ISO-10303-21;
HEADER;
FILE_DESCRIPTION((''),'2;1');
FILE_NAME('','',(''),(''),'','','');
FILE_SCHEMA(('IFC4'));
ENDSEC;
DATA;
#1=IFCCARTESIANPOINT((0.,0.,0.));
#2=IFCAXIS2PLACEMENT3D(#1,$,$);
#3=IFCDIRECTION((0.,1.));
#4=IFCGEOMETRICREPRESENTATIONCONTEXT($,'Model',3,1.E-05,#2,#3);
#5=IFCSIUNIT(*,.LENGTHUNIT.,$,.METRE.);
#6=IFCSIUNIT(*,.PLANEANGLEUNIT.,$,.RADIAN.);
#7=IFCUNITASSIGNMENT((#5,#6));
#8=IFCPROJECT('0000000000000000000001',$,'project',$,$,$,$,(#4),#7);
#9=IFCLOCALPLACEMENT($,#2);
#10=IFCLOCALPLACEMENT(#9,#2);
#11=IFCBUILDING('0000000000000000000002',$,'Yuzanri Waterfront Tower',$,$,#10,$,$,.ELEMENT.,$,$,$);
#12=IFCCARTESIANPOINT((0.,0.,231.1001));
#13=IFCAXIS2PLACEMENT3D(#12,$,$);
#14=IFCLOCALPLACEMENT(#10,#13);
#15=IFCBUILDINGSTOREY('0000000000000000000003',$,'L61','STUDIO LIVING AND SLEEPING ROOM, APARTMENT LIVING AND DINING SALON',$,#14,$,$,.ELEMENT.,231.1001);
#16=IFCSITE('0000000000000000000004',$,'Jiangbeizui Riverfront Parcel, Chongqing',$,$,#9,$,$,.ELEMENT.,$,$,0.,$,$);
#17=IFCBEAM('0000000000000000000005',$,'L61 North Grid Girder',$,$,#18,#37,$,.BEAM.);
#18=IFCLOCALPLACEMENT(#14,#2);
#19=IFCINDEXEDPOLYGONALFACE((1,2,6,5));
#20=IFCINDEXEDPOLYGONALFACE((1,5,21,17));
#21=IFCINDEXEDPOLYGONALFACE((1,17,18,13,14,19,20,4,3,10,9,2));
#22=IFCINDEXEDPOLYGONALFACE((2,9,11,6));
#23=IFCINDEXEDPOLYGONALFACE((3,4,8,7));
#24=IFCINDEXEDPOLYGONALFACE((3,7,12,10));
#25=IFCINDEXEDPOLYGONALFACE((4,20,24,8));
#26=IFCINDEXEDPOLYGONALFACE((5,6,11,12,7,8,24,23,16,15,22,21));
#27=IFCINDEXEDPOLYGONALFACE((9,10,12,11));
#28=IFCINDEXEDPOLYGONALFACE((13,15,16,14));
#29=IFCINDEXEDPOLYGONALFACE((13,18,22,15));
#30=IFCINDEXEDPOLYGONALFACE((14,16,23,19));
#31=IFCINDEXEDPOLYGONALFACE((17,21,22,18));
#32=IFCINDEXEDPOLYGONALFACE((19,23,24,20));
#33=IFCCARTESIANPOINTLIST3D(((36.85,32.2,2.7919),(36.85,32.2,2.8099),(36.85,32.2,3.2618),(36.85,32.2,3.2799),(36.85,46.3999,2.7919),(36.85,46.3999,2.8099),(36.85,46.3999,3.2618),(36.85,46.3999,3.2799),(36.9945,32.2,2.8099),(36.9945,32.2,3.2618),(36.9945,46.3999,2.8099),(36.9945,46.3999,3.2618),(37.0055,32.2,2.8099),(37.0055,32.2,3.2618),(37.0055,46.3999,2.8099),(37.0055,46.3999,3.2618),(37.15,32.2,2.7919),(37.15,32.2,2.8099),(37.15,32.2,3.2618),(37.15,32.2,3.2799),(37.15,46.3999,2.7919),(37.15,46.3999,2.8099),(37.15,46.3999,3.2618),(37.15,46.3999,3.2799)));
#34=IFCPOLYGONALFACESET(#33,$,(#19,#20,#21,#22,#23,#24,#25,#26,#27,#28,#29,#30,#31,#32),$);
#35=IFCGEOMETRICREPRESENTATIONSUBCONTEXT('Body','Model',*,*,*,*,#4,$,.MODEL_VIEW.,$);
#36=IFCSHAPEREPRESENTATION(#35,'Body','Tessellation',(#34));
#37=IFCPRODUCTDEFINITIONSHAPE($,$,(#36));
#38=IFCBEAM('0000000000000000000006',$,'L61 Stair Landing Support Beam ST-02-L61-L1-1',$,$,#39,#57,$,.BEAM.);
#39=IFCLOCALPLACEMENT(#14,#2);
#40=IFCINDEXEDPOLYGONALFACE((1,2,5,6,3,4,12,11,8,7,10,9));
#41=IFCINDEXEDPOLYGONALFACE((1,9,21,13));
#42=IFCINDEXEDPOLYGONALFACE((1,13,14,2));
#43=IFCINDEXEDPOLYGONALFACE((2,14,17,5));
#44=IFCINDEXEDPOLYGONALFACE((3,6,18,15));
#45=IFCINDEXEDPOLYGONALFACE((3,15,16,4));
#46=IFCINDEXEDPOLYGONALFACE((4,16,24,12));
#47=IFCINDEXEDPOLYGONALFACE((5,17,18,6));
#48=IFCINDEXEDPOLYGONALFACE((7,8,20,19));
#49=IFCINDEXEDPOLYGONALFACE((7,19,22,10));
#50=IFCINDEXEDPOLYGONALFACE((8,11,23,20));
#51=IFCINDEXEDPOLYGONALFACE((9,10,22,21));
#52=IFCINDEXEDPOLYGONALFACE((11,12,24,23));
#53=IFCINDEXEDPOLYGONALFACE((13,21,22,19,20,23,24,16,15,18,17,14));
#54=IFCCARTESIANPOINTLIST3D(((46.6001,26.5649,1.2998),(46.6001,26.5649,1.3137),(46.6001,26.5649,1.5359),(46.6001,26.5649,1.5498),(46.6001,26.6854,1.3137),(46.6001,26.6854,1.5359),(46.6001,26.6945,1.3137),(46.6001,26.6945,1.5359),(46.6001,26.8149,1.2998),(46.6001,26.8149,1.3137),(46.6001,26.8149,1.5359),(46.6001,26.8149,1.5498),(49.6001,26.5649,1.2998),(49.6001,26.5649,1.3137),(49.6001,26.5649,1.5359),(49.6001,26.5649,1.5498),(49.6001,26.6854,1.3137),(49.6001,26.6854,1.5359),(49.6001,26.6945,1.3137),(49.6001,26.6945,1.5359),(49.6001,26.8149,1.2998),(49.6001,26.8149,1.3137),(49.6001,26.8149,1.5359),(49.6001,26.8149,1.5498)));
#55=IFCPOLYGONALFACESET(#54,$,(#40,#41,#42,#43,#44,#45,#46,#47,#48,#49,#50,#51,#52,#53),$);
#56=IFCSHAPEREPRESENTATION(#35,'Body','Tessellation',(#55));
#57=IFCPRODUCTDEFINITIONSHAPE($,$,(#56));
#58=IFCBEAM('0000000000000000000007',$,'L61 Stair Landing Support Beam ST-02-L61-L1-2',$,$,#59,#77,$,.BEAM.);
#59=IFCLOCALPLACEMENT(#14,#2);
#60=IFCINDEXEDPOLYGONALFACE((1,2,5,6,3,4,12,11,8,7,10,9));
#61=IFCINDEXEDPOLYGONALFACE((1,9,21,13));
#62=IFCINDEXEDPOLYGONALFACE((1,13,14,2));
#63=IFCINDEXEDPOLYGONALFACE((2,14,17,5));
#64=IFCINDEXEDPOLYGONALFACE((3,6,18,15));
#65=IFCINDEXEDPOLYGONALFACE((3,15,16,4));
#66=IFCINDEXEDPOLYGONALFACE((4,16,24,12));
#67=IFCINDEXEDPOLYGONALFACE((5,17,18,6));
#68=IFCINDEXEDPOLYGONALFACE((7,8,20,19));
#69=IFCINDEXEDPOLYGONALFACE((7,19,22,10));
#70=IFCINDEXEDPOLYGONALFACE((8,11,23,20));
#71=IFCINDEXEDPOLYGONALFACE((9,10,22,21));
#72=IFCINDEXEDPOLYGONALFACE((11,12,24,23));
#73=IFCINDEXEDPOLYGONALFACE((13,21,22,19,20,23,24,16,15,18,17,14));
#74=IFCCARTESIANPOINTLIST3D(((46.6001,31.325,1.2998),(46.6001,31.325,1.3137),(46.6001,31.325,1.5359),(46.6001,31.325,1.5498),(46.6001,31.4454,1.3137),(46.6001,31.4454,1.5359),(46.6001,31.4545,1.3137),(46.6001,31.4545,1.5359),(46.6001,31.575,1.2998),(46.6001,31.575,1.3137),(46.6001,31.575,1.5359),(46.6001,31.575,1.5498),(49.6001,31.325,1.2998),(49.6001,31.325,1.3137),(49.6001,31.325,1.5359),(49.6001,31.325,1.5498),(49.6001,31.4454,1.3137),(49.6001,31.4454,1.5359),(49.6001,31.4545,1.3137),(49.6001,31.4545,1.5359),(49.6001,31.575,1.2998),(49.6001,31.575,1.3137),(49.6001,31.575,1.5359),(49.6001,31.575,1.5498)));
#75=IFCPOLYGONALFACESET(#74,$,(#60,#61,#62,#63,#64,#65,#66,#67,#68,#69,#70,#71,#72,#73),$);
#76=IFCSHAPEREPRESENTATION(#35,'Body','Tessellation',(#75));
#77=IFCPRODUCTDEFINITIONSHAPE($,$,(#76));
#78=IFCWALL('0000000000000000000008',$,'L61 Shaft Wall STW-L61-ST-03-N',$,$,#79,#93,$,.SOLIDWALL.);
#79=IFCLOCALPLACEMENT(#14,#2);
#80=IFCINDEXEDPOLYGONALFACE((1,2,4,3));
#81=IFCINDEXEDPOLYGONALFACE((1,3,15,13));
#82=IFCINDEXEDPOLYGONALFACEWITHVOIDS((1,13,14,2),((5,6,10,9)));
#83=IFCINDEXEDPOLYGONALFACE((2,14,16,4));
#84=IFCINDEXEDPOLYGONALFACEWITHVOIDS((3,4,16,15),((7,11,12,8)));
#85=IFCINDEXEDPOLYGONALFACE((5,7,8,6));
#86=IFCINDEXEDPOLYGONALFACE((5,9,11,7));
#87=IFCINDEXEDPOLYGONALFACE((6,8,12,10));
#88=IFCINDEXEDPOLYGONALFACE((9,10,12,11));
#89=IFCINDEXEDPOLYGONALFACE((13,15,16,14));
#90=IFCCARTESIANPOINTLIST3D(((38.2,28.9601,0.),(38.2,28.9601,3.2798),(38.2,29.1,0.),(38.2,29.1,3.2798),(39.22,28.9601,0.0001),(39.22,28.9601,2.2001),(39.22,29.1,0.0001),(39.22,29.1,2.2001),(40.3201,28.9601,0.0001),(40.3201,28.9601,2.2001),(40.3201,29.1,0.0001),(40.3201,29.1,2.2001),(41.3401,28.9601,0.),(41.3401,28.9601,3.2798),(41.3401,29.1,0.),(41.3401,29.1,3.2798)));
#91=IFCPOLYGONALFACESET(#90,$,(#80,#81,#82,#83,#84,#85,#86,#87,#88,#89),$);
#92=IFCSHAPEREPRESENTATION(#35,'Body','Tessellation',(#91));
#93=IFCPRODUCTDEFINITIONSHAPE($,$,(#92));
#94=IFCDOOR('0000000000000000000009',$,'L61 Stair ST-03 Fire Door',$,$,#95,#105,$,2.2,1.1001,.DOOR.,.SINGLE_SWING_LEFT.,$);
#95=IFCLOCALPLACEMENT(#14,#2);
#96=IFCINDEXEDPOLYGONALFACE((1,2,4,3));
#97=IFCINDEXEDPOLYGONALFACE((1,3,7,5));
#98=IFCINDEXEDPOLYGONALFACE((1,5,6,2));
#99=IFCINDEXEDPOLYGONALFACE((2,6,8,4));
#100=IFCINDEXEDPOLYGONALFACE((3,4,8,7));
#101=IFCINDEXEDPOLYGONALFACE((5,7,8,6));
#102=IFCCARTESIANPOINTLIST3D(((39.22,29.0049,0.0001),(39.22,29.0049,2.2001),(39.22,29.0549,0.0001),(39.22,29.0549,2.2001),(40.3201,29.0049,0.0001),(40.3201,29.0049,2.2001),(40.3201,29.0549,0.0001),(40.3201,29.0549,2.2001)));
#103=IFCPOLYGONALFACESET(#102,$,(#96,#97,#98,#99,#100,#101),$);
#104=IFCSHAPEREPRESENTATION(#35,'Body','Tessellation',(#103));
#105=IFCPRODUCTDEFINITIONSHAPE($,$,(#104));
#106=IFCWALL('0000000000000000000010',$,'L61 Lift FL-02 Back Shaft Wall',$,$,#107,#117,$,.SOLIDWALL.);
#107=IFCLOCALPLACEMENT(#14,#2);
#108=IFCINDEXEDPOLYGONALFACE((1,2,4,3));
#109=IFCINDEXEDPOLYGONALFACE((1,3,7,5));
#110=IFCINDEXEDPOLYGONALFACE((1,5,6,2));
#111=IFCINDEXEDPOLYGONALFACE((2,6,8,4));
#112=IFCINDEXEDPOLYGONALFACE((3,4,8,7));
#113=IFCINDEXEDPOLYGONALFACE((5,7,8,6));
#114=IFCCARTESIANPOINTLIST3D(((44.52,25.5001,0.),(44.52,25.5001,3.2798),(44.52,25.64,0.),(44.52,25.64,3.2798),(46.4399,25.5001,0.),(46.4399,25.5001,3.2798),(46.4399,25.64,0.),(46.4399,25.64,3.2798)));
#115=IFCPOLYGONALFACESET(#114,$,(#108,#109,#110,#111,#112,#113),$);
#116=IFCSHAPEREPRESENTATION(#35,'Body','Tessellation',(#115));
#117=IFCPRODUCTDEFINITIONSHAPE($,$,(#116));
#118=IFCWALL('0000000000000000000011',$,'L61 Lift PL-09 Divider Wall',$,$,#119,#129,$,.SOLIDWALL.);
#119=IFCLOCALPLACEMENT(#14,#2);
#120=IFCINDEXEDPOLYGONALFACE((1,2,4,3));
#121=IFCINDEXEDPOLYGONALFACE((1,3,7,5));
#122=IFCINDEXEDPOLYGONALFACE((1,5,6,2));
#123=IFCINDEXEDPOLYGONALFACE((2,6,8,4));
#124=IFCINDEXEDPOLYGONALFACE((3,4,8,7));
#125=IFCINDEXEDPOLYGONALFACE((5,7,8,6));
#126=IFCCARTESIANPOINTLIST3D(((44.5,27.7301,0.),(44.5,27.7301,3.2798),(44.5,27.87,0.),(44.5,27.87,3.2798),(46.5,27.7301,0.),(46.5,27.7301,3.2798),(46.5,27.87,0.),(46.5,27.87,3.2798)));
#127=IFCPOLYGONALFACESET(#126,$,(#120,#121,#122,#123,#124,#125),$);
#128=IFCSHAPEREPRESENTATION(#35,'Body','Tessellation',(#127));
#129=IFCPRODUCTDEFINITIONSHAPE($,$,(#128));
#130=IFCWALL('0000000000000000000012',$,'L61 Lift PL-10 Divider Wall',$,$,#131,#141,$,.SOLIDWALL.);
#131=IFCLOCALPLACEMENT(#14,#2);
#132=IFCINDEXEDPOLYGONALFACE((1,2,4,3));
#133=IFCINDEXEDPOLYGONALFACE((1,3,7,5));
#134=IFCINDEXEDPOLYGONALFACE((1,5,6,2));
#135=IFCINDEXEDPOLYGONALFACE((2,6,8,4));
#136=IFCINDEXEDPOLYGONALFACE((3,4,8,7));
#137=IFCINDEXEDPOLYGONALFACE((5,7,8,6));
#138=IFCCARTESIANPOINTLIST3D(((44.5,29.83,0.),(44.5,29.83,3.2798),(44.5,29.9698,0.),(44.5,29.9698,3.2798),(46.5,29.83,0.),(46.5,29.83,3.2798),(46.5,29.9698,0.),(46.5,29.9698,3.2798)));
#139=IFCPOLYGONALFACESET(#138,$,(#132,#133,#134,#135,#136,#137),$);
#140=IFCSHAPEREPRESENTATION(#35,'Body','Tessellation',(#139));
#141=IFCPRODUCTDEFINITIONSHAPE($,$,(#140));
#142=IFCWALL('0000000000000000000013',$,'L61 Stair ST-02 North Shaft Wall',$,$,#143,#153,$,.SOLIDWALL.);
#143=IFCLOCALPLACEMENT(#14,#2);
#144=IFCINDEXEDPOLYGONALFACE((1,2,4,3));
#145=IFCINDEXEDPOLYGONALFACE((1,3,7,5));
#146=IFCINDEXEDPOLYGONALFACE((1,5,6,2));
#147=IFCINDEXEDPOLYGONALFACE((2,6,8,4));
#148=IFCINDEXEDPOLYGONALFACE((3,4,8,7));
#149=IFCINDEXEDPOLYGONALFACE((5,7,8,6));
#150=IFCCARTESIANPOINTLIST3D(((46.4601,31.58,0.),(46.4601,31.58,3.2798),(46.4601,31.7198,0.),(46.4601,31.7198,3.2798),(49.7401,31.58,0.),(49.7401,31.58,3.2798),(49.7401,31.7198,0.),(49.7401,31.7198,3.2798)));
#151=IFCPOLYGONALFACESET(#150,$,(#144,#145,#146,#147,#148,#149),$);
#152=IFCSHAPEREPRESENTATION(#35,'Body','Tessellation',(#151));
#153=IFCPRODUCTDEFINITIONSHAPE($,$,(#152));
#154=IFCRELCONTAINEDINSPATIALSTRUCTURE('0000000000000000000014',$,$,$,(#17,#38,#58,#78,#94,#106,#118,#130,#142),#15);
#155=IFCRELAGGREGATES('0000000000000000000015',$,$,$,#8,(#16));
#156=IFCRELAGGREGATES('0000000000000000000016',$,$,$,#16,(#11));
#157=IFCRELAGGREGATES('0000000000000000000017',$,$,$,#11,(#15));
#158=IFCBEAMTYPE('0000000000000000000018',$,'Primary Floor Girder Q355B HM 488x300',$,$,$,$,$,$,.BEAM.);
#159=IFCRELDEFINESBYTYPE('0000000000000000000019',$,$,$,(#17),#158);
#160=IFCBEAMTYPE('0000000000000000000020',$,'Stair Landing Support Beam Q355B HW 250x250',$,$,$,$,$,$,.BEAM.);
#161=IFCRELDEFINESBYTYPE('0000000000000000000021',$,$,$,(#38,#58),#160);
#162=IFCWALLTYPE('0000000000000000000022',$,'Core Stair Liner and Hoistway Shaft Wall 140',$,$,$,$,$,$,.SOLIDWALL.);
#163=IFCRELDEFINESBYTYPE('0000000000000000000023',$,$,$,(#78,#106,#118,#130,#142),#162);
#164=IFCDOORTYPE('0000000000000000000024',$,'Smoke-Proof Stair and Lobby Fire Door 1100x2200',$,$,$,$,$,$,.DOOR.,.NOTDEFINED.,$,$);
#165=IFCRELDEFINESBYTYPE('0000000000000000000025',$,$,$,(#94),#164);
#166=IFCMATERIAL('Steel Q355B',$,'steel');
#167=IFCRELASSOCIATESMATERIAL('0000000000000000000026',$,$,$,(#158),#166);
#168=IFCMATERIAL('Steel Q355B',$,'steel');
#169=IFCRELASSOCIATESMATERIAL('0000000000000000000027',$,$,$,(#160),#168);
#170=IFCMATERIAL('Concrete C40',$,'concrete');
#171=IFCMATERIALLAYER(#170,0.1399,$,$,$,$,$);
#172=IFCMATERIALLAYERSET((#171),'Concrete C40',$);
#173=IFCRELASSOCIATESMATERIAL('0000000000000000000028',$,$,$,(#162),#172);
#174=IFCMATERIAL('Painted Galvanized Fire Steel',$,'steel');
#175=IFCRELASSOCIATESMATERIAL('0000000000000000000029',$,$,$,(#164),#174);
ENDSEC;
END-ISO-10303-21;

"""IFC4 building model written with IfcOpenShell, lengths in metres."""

from ifc_helpers import new_model, si_unit, direction, frame, frame_2d, origin, origin_2d, place, context, subcontext, project, spatial, rectangle, i_section, extrude, source, transform, mapped, material, layer, layer_set, material_profile, profile_set, type_object, element, fill, save


model = new_model("IFC4")

# Units and contexts
model_context = context("Model", 3, precision=1e-05, world=origin(), true_north=direction((0.0, 1.0)))
body_context = subcontext(model_context, "Body", "Model", "MODEL_VIEW")
ifc_project = project(units=[si_unit("LENGTHUNIT", "METRE"), si_unit("PLANEANGLEUNIT", "RADIAN")], contexts=[model_context])

# Site, building, storey
site_placement = place(None, origin())
site = spatial("IfcSite", under=ifc_project, at=site_placement, Name="Jiangbeizui Riverfront Parcel, Chongqing", CompositionType="ELEMENT", RefElevation=0.0)
building_placement = place(site_placement, origin())
building = spatial("IfcBuilding", under=site, at=building_placement, Name="Yuzanri Waterfront Tower", CompositionType="ELEMENT")
storey_placement = place(building_placement, frame((0.0, 0.0, 231.1001)))
storey = spatial("IfcBuildingStorey", under=building, at=storey_placement, Name="L61", Description="STUDIO LIVING AND SLEEPING ROOM, APARTMENT LIVING AND DINING SALON", CompositionType="ELEMENT", Elevation=231.1001)

# Beams
ifc_material_1 = material(Name="Steel Q355B", Category="steel")
ifc_material_profile_1 = material_profile(ifc_material_1, i_section(OverallWidth=0.3, OverallDepth=0.488, WebThickness=0.011, FlangeThickness=0.0181, at=origin_2d()), Name="HM 488x300x11x18")
ifc_profile_set_1 = profile_set([ifc_material_profile_1], Name="Steel Q355B")
beam_type_1 = type_object("IfcBeamType", Name="Primary Floor Girder Q355B HM 488x300", PredefinedType="BEAM", material=ifc_profile_set_1)
shared_shape_1 = source(origin(), body_context, "Body", "SweptSolid", [
    extrude(i_section(OverallWidth=0.3, OverallDepth=0.488, WebThickness=0.011, FlangeThickness=0.0181, at=origin_2d()), origin(), (0.0, 0.0, 1.0), 14.2),
])
beam_placement = place(storey_placement, frame((37.0, 32.2, 3.0359), z_axis=(0.0, 1.0, 0.0), x_axis=(-1.0, 0.0, 0.0)))
element("IfcBeam", 1, at=beam_placement, inside=storey, type_object=beam_type_1, Name="L61 North Grid Girder", PredefinedType="BEAM", context=body_context, shape_type="MappedRepresentation", body=[
    mapped(shared_shape_1, transform((0.0, 0.0, 0.0), scale=1.0)),
])
ifc_material_2 = material(Name="Steel Q355B", Category="steel")
ifc_material_profile_2 = material_profile(ifc_material_2, i_section(OverallWidth=0.25, OverallDepth=0.25, WebThickness=0.009, FlangeThickness=0.0139, at=origin_2d()), Name="HW 250x250x9x14")
ifc_profile_set_2 = profile_set([ifc_material_profile_2], Name="Steel Q355B")
beam_type_2 = type_object("IfcBeamType", Name="Stair Landing Support Beam Q355B HW 250x250", PredefinedType="BEAM", material=ifc_profile_set_2)
shared_shape_2 = source(origin(), body_context, "Body", "SweptSolid", [
    extrude(i_section(OverallWidth=0.25, OverallDepth=0.25, WebThickness=0.009, FlangeThickness=0.0139, at=origin_2d()), origin(), (0.0, 0.0, 1.0), 3.0),
])
for number, where, z_axis, x_axis, name in (
    (2, (46.6001, 26.6899, 1.4248), (1.0, 0.0, 0.0), (0.0, 1.0, 0.0), "L61 Stair Landing Support Beam ST-02-L61-L1-1"),
    (3, (46.6001, 31.45, 1.4248), (1.0, 0.0, 0.0), (0.0, 1.0, 0.0), "L61 Stair Landing Support Beam ST-02-L61-L1-2"),
):
    element("IfcBeam", number, at=place(storey_placement, frame(where, z_axis=z_axis, x_axis=x_axis)), inside=storey, type_object=beam_type_2, Name=name, PredefinedType="BEAM", context=body_context, shape_type="MappedRepresentation", body=[
        mapped(shared_shape_2, transform((0.0, 0.0, 0.0), scale=1.0)),
    ])

# Wall, opening, door
ifc_material_3 = material(Name="Concrete C40", Category="concrete")
ifc_layer_1 = layer(ifc_material_3, 0.1399)
ifc_layer_set_1 = layer_set([ifc_layer_1], Name="Concrete C40")
wall_type = type_object("IfcWallType", Name="Core Stair Liner and Hoistway Shaft Wall 140", PredefinedType="SOLIDWALL", material=ifc_layer_set_1)
wall_1_placement = place(storey_placement, frame((38.2, 29.03, 0.0), z_axis=(0.0, 0.0, 1.0), x_axis=(1.0, 0.0, 0.0)))
wall_1 = element("IfcWall", 4, at=wall_1_placement, inside=storey, type_object=wall_type, Name="L61 Shaft Wall STW-L61-ST-03-N", PredefinedType="SOLIDWALL", context=body_context, shape_type="SweptSolid", body=[
    extrude(rectangle(XDim=3.1401, YDim=0.1399, at=frame_2d((1.5701, 0.0))), origin(), (0.0, 0.0, 1.0), 3.2798),
])
opening_placement = place(wall_1_placement, frame((1.02, 0.0, 0.0)))
opening = element("IfcOpeningElement", 5, at=opening_placement, cuts=wall_1, PredefinedType="OPENING", context=body_context, shape_type="SweptSolid", body=[
    extrude(rectangle(XDim=1.1001, YDim=2.2, at=frame_2d((0.55, 1.1001))), frame((0.0, 0.085, 0.0), z_axis=(0.0, -1.0, 0.0), x_axis=(1.0, 0.0, 0.0)), (0.0, 0.0, 1.0), 0.1697),
])
ifc_material_4 = material(Name="Painted Galvanized Fire Steel", Category="steel")
door_type = type_object("IfcDoorType", Name="Smoke-Proof Stair and Lobby Fire Door 1100x2200", OperationType="NOTDEFINED", PredefinedType="DOOR", material=ifc_material_4)
shared_shape_3 = source(origin(), body_context, "Body", "SweptSolid", [
    extrude(rectangle(XDim=1.1001, YDim=2.2, at=frame_2d((0.55, 1.1001))), frame((0.0, 0.0249, 0.0), z_axis=(0.0, -1.0, 0.0), x_axis=(1.0, 0.0, 0.0)), (0.0, 0.0, 1.0), 0.05),
])
door_placement = place(opening_placement, origin())
door = element("IfcDoor", 6, at=door_placement, inside=storey, type_object=door_type, Name="L61 Stair ST-03 Fire Door", OperationType="SINGLE_SWING_LEFT", OverallHeight=2.2, OverallWidth=1.1001, PredefinedType="DOOR", context=body_context, shape_type="MappedRepresentation", body=[
    mapped(shared_shape_3, transform((0.0, 0.0, 0.0), scale=1.0)),
])
fill(opening, door)

# Walls
shared_shape_4 = source(origin(), body_context, "Body", "SweptSolid", [
    extrude(rectangle(XDim=1.9199, YDim=0.1399, at=frame_2d((0.96, 0.0))), origin(), (0.0, 0.0, 1.0), 3.2798),
])
wall_2_placement = place(storey_placement, frame((44.52, 25.5701, 0.0), z_axis=(0.0, 0.0, 1.0), x_axis=(1.0, 0.0, 0.0)))
element("IfcWall", 7, at=wall_2_placement, inside=storey, type_object=wall_type, Name="L61 Lift FL-02 Back Shaft Wall", PredefinedType="SOLIDWALL", context=body_context, shape_type="MappedRepresentation", body=[
    mapped(shared_shape_4, transform((0.0, 0.0, 0.0), scale=1.0)),
])
shared_shape_5 = source(origin(), body_context, "Body", "SweptSolid", [
    extrude(rectangle(XDim=2.0, YDim=0.1399, at=frame_2d((1.0, 0.0))), origin(), (0.0, 0.0, 1.0), 3.2798),
])
for number, where, z_axis, x_axis, name in (
    (8, (44.5, 27.8, 0.0), (0.0, 0.0, 1.0), (1.0, 0.0, 0.0), "L61 Lift PL-09 Divider Wall"),
    (9, (44.5, 29.8999, 0.0), (0.0, 0.0, 1.0), (1.0, 0.0, 0.0), "L61 Lift PL-10 Divider Wall"),
):
    element("IfcWall", number, at=place(storey_placement, frame(where, z_axis=z_axis, x_axis=x_axis)), inside=storey, type_object=wall_type, Name=name, PredefinedType="SOLIDWALL", context=body_context, shape_type="MappedRepresentation", body=[
        mapped(shared_shape_5, transform((0.0, 0.0, 0.0), scale=1.0)),
    ])
shared_shape_6 = source(origin(), body_context, "Body", "SweptSolid", [
    extrude(rectangle(XDim=3.28, YDim=0.1399, at=frame_2d((1.6401, 0.0))), origin(), (0.0, 0.0, 1.0), 3.2798),
])
wall_3_placement = place(storey_placement, frame((46.46, 31.6499, 0.0), z_axis=(0.0, 0.0, 1.0), x_axis=(1.0, 0.0, 0.0)))
element("IfcWall", 10, at=wall_3_placement, inside=storey, type_object=wall_type, Name="L61 Stair ST-02 North Shaft Wall", PredefinedType="SOLIDWALL", context=body_context, shape_type="MappedRepresentation", body=[
    mapped(shared_shape_6, transform((0.0, 0.0, 0.0), scale=1.0)),
])

save(model, "model.ifc")
